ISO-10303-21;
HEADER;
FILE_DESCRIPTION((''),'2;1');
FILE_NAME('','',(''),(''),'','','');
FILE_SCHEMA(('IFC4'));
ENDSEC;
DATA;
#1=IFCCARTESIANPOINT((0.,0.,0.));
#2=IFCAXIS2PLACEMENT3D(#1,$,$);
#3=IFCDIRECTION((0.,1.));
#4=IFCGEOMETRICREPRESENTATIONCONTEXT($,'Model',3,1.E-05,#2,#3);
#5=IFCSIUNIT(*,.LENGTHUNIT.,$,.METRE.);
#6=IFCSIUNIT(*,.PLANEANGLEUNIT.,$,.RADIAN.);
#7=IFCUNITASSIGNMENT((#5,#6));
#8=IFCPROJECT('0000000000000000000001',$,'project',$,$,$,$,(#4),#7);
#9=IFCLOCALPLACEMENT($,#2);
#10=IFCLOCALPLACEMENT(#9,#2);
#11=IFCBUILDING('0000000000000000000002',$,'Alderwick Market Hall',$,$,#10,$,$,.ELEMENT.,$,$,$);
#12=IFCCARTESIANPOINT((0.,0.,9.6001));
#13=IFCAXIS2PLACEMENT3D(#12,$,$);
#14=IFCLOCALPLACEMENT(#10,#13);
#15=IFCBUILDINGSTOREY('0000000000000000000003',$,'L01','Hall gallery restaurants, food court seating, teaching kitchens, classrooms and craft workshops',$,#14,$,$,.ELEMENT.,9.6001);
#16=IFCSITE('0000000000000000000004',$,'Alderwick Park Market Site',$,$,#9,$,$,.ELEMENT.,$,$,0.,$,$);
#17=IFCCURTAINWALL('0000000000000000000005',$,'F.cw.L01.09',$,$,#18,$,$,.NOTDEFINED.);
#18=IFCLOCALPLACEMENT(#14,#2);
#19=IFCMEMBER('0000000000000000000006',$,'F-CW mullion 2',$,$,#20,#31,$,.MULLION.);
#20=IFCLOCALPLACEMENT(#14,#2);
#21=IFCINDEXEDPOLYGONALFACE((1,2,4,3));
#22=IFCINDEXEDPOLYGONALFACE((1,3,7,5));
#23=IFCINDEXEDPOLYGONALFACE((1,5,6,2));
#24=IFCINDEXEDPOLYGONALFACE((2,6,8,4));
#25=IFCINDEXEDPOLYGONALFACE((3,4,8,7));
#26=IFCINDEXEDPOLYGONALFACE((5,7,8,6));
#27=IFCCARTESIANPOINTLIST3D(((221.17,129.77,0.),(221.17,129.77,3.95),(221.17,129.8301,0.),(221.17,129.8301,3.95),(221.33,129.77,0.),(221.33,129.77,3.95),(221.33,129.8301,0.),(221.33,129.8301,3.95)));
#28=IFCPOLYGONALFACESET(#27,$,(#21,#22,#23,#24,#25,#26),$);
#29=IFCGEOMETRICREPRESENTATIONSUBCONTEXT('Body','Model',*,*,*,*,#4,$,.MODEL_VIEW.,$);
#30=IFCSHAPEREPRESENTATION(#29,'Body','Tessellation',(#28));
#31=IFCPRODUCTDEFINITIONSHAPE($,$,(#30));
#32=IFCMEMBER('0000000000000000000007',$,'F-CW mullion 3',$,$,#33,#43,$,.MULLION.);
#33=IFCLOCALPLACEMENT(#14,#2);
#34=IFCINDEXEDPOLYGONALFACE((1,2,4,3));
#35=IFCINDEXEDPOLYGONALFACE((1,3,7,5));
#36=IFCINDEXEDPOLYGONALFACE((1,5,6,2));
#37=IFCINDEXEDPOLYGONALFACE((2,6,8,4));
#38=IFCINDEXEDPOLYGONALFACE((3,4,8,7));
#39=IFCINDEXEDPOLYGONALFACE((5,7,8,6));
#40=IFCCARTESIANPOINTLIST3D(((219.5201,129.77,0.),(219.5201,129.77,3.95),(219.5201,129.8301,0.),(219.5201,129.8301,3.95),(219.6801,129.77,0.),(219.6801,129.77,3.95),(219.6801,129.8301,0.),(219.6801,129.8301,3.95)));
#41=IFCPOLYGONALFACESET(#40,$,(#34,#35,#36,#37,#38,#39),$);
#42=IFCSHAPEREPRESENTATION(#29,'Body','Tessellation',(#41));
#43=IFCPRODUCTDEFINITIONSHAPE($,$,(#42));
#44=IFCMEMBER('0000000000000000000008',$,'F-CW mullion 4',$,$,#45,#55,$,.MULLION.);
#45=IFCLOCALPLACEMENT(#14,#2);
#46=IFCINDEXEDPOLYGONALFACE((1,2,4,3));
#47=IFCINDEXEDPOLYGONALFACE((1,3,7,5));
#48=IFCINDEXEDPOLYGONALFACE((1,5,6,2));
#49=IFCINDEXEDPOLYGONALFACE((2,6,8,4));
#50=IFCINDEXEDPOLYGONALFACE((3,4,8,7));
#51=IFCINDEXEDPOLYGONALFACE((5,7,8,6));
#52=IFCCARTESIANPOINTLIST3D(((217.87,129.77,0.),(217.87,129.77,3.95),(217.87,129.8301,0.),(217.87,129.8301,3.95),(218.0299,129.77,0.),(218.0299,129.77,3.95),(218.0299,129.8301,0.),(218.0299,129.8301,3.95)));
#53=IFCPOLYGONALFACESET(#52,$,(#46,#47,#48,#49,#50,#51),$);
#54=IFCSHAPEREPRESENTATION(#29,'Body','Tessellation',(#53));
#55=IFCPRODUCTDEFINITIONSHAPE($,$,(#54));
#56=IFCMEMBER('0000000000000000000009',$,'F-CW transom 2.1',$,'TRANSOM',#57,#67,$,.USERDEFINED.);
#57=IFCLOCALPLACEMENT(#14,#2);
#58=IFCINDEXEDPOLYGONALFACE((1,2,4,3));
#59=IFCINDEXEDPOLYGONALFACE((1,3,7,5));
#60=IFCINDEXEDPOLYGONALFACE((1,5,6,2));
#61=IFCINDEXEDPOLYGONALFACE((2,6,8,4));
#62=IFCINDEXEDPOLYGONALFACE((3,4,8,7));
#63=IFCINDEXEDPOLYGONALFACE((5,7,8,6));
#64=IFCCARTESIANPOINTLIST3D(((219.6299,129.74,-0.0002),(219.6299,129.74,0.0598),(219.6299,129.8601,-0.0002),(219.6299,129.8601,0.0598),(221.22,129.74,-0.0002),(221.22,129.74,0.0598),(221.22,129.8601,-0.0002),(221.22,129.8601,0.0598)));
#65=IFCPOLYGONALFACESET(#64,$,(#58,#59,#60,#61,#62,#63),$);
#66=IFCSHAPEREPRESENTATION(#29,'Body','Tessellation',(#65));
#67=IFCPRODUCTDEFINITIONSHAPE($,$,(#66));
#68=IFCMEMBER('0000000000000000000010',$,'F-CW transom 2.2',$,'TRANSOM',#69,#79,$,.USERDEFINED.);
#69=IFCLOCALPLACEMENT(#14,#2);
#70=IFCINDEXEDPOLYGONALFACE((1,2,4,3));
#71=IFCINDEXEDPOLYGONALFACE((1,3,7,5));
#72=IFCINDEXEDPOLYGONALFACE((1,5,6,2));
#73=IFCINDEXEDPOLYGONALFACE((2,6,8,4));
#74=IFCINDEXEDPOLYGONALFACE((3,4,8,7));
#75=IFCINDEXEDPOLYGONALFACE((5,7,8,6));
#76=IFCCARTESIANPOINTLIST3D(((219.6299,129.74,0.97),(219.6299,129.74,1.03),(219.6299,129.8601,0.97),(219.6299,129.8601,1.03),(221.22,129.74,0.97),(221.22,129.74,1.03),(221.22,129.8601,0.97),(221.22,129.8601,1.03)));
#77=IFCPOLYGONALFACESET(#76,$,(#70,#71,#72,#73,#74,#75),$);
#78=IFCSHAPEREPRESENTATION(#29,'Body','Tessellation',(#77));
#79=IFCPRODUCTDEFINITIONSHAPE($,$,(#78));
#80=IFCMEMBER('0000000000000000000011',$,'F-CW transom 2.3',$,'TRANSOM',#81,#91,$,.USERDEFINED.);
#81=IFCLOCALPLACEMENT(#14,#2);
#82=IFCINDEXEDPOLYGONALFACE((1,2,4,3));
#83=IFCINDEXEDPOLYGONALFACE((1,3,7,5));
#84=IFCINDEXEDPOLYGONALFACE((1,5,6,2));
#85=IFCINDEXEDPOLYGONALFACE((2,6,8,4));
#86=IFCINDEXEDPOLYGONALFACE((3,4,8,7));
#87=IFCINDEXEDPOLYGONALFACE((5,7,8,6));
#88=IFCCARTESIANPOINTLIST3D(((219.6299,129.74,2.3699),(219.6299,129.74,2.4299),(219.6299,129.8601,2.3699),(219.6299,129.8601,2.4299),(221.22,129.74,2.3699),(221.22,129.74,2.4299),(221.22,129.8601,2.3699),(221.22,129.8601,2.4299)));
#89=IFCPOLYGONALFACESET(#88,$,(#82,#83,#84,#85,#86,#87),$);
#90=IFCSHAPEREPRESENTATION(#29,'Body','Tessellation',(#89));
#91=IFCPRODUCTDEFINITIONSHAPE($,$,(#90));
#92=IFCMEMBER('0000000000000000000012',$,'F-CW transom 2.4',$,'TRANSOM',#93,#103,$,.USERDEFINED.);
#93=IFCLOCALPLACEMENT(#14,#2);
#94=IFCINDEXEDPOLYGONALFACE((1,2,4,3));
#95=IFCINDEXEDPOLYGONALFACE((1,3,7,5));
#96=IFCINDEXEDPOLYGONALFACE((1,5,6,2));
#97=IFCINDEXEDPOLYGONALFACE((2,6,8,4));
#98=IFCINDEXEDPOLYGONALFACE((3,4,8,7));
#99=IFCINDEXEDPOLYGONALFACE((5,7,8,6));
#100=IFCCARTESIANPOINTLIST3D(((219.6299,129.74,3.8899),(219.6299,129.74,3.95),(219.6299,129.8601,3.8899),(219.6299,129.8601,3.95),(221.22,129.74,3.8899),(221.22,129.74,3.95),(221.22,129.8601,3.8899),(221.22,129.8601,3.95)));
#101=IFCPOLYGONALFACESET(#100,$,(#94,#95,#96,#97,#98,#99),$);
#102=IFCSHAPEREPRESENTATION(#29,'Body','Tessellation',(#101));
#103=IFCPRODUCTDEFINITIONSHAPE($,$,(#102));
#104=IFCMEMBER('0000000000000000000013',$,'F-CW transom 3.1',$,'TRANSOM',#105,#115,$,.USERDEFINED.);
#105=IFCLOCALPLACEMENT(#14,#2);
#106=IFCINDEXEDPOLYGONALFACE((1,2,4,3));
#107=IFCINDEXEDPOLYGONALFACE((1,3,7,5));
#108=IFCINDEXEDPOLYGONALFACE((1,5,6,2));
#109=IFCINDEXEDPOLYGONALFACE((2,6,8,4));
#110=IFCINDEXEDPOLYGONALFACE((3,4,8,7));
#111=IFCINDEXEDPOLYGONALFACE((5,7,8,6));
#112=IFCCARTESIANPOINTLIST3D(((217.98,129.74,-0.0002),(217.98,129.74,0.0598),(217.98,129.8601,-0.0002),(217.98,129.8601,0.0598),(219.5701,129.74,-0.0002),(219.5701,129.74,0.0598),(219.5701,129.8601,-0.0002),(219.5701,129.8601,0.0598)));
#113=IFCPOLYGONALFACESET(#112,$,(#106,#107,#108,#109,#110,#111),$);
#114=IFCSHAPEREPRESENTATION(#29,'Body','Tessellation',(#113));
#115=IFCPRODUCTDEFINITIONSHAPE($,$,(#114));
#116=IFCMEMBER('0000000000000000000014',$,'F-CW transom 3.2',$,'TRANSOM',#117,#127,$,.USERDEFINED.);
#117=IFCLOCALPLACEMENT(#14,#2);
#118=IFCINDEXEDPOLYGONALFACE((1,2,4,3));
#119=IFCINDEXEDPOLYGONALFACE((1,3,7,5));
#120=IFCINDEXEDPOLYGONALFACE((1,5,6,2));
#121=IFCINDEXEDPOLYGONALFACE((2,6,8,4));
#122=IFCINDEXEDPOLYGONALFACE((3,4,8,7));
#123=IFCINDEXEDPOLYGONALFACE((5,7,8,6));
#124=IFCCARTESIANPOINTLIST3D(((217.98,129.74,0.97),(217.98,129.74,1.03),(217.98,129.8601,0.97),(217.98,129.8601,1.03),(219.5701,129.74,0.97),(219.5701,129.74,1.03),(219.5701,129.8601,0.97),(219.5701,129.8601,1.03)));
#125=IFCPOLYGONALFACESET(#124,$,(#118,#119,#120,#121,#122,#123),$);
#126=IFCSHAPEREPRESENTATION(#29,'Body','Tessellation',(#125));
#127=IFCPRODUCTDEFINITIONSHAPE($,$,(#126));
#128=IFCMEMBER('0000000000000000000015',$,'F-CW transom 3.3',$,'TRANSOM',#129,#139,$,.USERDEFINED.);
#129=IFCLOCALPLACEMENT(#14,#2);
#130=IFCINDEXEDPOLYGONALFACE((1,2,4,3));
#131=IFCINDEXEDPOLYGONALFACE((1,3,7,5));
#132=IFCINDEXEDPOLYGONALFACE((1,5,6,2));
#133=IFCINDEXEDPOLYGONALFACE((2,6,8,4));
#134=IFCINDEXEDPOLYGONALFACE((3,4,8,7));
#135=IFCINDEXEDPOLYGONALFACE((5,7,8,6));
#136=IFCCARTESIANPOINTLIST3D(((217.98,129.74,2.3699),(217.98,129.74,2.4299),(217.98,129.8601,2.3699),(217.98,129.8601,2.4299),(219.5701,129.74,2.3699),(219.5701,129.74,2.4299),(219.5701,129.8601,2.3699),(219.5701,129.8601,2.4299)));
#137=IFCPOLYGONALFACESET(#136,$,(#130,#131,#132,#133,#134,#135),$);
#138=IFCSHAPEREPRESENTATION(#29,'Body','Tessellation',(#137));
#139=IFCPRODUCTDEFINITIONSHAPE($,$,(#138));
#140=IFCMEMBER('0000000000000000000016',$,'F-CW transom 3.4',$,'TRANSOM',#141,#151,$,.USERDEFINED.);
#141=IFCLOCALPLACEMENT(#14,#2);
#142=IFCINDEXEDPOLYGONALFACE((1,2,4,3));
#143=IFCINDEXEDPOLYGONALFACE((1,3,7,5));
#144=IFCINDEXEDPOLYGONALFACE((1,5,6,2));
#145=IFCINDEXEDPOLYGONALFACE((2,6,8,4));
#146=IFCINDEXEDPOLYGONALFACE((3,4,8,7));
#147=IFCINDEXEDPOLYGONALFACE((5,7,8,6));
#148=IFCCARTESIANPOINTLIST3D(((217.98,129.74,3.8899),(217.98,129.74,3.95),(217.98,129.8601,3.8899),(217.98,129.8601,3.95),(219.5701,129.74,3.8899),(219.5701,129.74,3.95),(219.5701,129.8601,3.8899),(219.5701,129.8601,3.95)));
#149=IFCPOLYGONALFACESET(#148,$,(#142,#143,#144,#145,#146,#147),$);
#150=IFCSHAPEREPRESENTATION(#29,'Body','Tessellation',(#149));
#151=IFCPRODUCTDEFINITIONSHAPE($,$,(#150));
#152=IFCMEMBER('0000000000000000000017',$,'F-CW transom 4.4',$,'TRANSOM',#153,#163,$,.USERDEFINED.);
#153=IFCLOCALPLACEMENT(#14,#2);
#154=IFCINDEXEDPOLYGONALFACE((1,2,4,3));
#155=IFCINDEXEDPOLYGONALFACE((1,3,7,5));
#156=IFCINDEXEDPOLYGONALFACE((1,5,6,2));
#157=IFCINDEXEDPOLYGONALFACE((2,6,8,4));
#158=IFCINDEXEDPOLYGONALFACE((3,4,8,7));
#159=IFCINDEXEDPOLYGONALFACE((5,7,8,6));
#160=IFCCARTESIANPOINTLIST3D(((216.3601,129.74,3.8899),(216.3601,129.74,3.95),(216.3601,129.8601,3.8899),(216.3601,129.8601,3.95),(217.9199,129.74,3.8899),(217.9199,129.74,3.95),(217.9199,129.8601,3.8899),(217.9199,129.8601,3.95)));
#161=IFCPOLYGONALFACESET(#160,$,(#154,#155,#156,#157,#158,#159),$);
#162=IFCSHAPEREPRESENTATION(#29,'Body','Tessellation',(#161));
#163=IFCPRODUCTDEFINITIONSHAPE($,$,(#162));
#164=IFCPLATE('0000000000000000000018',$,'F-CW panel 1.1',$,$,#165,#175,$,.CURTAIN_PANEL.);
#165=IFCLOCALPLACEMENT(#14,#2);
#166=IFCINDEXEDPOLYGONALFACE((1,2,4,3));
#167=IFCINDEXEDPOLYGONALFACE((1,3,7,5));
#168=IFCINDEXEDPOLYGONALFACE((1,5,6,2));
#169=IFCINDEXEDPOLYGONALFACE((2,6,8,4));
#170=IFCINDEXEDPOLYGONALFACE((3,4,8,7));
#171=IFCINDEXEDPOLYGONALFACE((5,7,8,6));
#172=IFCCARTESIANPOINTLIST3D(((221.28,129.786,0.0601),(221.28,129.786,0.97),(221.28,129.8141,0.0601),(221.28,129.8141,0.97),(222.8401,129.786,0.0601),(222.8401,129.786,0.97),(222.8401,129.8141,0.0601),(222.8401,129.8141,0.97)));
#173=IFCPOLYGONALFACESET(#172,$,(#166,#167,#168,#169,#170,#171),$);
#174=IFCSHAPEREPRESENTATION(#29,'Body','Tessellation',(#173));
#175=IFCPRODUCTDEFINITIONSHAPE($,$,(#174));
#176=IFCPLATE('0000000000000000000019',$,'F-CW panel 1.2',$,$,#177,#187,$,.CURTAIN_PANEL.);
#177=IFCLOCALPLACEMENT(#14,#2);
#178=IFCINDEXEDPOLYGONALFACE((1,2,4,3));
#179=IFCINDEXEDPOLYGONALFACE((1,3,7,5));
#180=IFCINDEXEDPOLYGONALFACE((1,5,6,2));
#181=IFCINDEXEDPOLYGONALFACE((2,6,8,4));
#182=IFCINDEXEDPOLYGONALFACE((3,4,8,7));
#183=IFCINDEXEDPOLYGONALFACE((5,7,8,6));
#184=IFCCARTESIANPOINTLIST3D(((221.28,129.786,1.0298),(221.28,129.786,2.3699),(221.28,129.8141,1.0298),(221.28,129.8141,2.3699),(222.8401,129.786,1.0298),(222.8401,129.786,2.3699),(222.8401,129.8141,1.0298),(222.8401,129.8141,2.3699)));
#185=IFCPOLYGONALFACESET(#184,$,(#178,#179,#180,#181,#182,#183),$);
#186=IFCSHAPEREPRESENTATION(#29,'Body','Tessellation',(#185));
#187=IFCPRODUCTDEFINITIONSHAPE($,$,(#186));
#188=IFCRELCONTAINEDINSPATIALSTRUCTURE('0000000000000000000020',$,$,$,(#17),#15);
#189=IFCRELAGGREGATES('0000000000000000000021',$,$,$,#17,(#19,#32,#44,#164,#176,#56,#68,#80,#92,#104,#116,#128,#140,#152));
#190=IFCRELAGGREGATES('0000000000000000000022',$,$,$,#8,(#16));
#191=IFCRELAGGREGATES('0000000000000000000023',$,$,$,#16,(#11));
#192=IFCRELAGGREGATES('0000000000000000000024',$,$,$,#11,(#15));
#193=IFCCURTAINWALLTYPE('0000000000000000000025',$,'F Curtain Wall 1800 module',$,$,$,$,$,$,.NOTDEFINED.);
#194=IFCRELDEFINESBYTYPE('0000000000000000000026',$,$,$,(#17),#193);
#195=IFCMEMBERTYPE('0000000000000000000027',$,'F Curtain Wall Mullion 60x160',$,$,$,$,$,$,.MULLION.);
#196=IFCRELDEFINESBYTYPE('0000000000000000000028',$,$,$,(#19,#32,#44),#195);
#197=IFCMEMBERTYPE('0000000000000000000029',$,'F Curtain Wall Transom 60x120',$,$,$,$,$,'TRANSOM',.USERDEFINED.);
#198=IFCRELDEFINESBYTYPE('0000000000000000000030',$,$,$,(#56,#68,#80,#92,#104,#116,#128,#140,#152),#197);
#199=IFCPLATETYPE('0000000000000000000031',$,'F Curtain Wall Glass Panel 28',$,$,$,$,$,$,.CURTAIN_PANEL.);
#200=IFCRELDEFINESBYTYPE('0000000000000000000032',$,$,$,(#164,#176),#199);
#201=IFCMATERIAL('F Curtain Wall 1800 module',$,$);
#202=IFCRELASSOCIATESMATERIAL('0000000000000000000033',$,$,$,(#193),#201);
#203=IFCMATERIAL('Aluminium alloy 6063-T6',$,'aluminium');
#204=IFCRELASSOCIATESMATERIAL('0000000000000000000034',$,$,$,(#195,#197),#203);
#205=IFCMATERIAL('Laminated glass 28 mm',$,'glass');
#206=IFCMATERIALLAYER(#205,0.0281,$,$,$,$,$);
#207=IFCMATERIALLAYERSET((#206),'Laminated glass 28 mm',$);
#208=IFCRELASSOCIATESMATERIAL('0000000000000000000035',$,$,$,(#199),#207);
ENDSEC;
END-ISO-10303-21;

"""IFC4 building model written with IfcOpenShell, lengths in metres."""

from ifc_helpers import new_model, si_unit, direction, frame, origin, origin_2d, place, context, subcontext, project, spatial, rectangle, extrude, material, layer, layer_set, material_profile, profile_set, type_object, element, aggregate, save


model = new_model("IFC4")

# Units and contexts
model_context = context("Model", 3, precision=1e-05, world=origin(), true_north=direction((0.0, 1.0)))
body_context = subcontext(model_context, "Body", "Model", "MODEL_VIEW")
ifc_project = project(units=[si_unit("LENGTHUNIT", "METRE"), si_unit("PLANEANGLEUNIT", "RADIAN")], contexts=[model_context])

# Site, building, storey
site_placement = place(None, origin())
site = spatial("IfcSite", under=ifc_project, at=site_placement, Name="Alderwick Park Market Site", CompositionType="ELEMENT", RefElevation=0.0)
building_placement = place(site_placement, origin())
building = spatial("IfcBuilding", under=site, at=building_placement, Name="Alderwick Market Hall", CompositionType="ELEMENT")
storey_placement = place(building_placement, frame((0.0, 0.0, 9.6001)))
storey = spatial("IfcBuildingStorey", under=building, at=storey_placement, Name="L01", Description="Hall gallery restaurants, food court seating, teaching kitchens, classrooms and craft workshops", CompositionType="ELEMENT", Elevation=9.6001)

# Curtain wall, members, plates
ifc_material_1 = material(Name="F Curtain Wall 1800 module")
curtain_wall_type = type_object("IfcCurtainWallType", Name="F Curtain Wall 1800 module", PredefinedType="NOTDEFINED", material=ifc_material_1)
curtain_wall_placement = place(storey_placement, origin())
curtain_wall = element("IfcCurtainWall", 1, at=curtain_wall_placement, inside=storey, type_object=curtain_wall_type, Name="F.cw.L01.09", PredefinedType="NOTDEFINED")
ifc_material_2 = material(Name="Aluminium alloy 6063-T6", Category="aluminium")
ifc_material_profile_1 = material_profile(ifc_material_2, rectangle(XDim=0.0601, YDim=0.1599, at=origin_2d()), Name="AL 60x160")
ifc_profile_set_1 = profile_set([ifc_material_profile_1], Name="Aluminium alloy 6063-T6")
member_type_1 = type_object("IfcMemberType", Name="F Curtain Wall Mullion 60x160", PredefinedType="MULLION", material=ifc_profile_set_1)
member_1_placement = place(storey_placement, frame((221.25, 129.8, 0.0), z_axis=(0.0, 0.0, 1.0), x_axis=(0.0, -1.0, 0.0)))
member_1 = element("IfcMember", 2, at=member_1_placement, type_object=member_type_1, Name="F-CW mullion 2", PredefinedType="MULLION", context=body_context, shape_type="SweptSolid", body=[
    extrude(rectangle(XDim=0.0601, YDim=0.1599, at=origin_2d()), origin(), (0.0, 0.0, 1.0), 3.95),
])
member_2_placement = place(storey_placement, frame((219.6001, 129.8, 0.0), z_axis=(0.0, 0.0, 1.0), x_axis=(0.0, -1.0, 0.0)))
member_2 = element("IfcMember", 3, at=member_2_placement, type_object=member_type_1, Name="F-CW mullion 3", PredefinedType="MULLION", context=body_context, shape_type="SweptSolid", body=[
    extrude(rectangle(XDim=0.0601, YDim=0.1599, at=origin_2d()), origin(), (0.0, 0.0, 1.0), 3.95),
])
member_3_placement = place(storey_placement, frame((217.95, 129.8, 0.0), z_axis=(0.0, 0.0, 1.0), x_axis=(0.0, -1.0, 0.0)))
member_3 = element("IfcMember", 4, at=member_3_placement, type_object=member_type_1, Name="F-CW mullion 4", PredefinedType="MULLION", context=body_context, shape_type="SweptSolid", body=[
    extrude(rectangle(XDim=0.0601, YDim=0.1599, at=origin_2d()), origin(), (0.0, 0.0, 1.0), 3.95),
])
ifc_material_profile_2 = material_profile(ifc_material_2, rectangle(XDim=0.1201, YDim=0.0601, at=origin_2d()), Name="AL 60x120")
ifc_profile_set_2 = profile_set([ifc_material_profile_2], Name="Aluminium alloy 6063-T6")
member_type_2 = type_object("IfcMemberType", Name="F Curtain Wall Transom 60x120", ElementType="TRANSOM", PredefinedType="USERDEFINED", material=ifc_profile_set_2)
member_4_placement = place(storey_placement, frame((221.22, 129.8, 0.0298), z_axis=(-1.0, 0.0, 0.0), x_axis=(0.0, -1.0, 0.0)))
member_4 = element("IfcMember", 5, at=member_4_placement, type_object=member_type_2, Name="F-CW transom 2.1", ObjectType="TRANSOM", PredefinedType="USERDEFINED", context=body_context, shape_type="SweptSolid", body=[
    extrude(rectangle(XDim=0.1201, YDim=0.0601, at=origin_2d()), origin(), (0.0, 0.0, 1.0), 1.5901),
])
member_5_placement = place(storey_placement, frame((221.22, 129.8, 1.0), z_axis=(-1.0, 0.0, 0.0), x_axis=(0.0, -1.0, 0.0)))
member_5 = element("IfcMember", 6, at=member_5_placement, type_object=member_type_2, Name="F-CW transom 2.2", ObjectType="TRANSOM", PredefinedType="USERDEFINED", context=body_context, shape_type="SweptSolid", body=[
    extrude(rectangle(XDim=0.1201, YDim=0.0601, at=origin_2d()), origin(), (0.0, 0.0, 1.0), 1.5901),
])
member_6_placement = place(storey_placement, frame((221.22, 129.8, 2.3999), z_axis=(-1.0, 0.0, 0.0), x_axis=(0.0, -1.0, 0.0)))
member_6 = element("IfcMember", 7, at=member_6_placement, type_object=member_type_2, Name="F-CW transom 2.3", ObjectType="TRANSOM", PredefinedType="USERDEFINED", context=body_context, shape_type="SweptSolid", body=[
    extrude(rectangle(XDim=0.1201, YDim=0.0601, at=origin_2d()), origin(), (0.0, 0.0, 1.0), 1.5901),
])
member_7_placement = place(storey_placement, frame((221.22, 129.8, 3.9199), z_axis=(-1.0, 0.0, 0.0), x_axis=(0.0, -1.0, 0.0)))
member_7 = element("IfcMember", 8, at=member_7_placement, type_object=member_type_2, Name="F-CW transom 2.4", ObjectType="TRANSOM", PredefinedType="USERDEFINED", context=body_context, shape_type="SweptSolid", body=[
    extrude(rectangle(XDim=0.1201, YDim=0.0601, at=origin_2d()), origin(), (0.0, 0.0, 1.0), 1.5901),
])
member_8_placement = place(storey_placement, frame((219.5701, 129.8, 0.0298), z_axis=(-1.0, 0.0, 0.0), x_axis=(0.0, -1.0, 0.0)))
member_8 = element("IfcMember", 9, at=member_8_placement, type_object=member_type_2, Name="F-CW transom 3.1", ObjectType="TRANSOM", PredefinedType="USERDEFINED", context=body_context, shape_type="SweptSolid", body=[
    extrude(rectangle(XDim=0.1201, YDim=0.0601, at=origin_2d()), origin(), (0.0, 0.0, 1.0), 1.5901),
])
member_9_placement = place(storey_placement, frame((219.5701, 129.8, 1.0), z_axis=(-1.0, 0.0, 0.0), x_axis=(0.0, -1.0, 0.0)))
member_9 = element("IfcMember", 10, at=member_9_placement, type_object=member_type_2, Name="F-CW transom 3.2", ObjectType="TRANSOM", PredefinedType="USERDEFINED", context=body_context, shape_type="SweptSolid", body=[
    extrude(rectangle(XDim=0.1201, YDim=0.0601, at=origin_2d()), origin(), (0.0, 0.0, 1.0), 1.5901),
])
member_10_placement = place(storey_placement, frame((219.5701, 129.8, 2.3999), z_axis=(-1.0, 0.0, 0.0), x_axis=(0.0, -1.0, 0.0)))
member_10 = element("IfcMember", 11, at=member_10_placement, type_object=member_type_2, Name="F-CW transom 3.3", ObjectType="TRANSOM", PredefinedType="USERDEFINED", context=body_context, shape_type="SweptSolid", body=[
    extrude(rectangle(XDim=0.1201, YDim=0.0601, at=origin_2d()), origin(), (0.0, 0.0, 1.0), 1.5901),
])
member_11_placement = place(storey_placement, frame((219.5701, 129.8, 3.9199), z_axis=(-1.0, 0.0, 0.0), x_axis=(0.0, -1.0, 0.0)))
member_11 = element("IfcMember", 12, at=member_11_placement, type_object=member_type_2, Name="F-CW transom 3.4", ObjectType="TRANSOM", PredefinedType="USERDEFINED", context=body_context, shape_type="SweptSolid", body=[
    extrude(rectangle(XDim=0.1201, YDim=0.0601, at=origin_2d()), origin(), (0.0, 0.0, 1.0), 1.5901),
])
member_12_placement = place(storey_placement, frame((217.9199, 129.8, 3.9199), z_axis=(-1.0, 0.0, 0.0), x_axis=(0.0, -1.0, 0.0)))
member_12 = element("IfcMember", 13, at=member_12_placement, type_object=member_type_2, Name="F-CW transom 4.4", ObjectType="TRANSOM", PredefinedType="USERDEFINED", context=body_context, shape_type="SweptSolid", body=[
    extrude(rectangle(XDim=0.1201, YDim=0.0601, at=origin_2d()), origin(), (0.0, 0.0, 1.0), 1.5598),
])
ifc_material_3 = material(Name="Laminated glass 28 mm", Category="glass")
ifc_layer = layer(ifc_material_3, 0.0281)
ifc_layer_set = layer_set([ifc_layer], Name="Laminated glass 28 mm")
plate_type = type_object("IfcPlateType", Name="F Curtain Wall Glass Panel 28", PredefinedType="CURTAIN_PANEL", material=ifc_layer_set)
plate_1_placement = place(storey_placement, frame((222.0601, 129.8, 0.0601), z_axis=(0.0, 0.0, 1.0), x_axis=(-1.0, 0.0, 0.0)))
plate_1 = element("IfcPlate", 14, at=plate_1_placement, type_object=plate_type, Name="F-CW panel 1.1", PredefinedType="CURTAIN_PANEL", context=body_context, shape_type="SweptSolid", body=[
    extrude(rectangle(XDim=1.5601, YDim=0.0281, at=origin_2d()), origin(), (0.0, 0.0, 1.0), 0.9099),
])
plate_2_placement = place(storey_placement, frame((222.0601, 129.8, 1.0298), z_axis=(0.0, 0.0, 1.0), x_axis=(-1.0, 0.0, 0.0)))
plate_2 = element("IfcPlate", 15, at=plate_2_placement, type_object=plate_type, Name="F-CW panel 1.2", PredefinedType="CURTAIN_PANEL", context=body_context, shape_type="SweptSolid", body=[
    extrude(rectangle(XDim=1.5601, YDim=0.0281, at=origin_2d()), origin(), (0.0, 0.0, 1.0), 1.3401),
])
aggregate(curtain_wall, [member_1, member_2, member_3, plate_1, plate_2, member_4, member_5, member_6, member_7, member_8, member_9, member_10, member_11, member_12])

save(model, "model.ifc")
